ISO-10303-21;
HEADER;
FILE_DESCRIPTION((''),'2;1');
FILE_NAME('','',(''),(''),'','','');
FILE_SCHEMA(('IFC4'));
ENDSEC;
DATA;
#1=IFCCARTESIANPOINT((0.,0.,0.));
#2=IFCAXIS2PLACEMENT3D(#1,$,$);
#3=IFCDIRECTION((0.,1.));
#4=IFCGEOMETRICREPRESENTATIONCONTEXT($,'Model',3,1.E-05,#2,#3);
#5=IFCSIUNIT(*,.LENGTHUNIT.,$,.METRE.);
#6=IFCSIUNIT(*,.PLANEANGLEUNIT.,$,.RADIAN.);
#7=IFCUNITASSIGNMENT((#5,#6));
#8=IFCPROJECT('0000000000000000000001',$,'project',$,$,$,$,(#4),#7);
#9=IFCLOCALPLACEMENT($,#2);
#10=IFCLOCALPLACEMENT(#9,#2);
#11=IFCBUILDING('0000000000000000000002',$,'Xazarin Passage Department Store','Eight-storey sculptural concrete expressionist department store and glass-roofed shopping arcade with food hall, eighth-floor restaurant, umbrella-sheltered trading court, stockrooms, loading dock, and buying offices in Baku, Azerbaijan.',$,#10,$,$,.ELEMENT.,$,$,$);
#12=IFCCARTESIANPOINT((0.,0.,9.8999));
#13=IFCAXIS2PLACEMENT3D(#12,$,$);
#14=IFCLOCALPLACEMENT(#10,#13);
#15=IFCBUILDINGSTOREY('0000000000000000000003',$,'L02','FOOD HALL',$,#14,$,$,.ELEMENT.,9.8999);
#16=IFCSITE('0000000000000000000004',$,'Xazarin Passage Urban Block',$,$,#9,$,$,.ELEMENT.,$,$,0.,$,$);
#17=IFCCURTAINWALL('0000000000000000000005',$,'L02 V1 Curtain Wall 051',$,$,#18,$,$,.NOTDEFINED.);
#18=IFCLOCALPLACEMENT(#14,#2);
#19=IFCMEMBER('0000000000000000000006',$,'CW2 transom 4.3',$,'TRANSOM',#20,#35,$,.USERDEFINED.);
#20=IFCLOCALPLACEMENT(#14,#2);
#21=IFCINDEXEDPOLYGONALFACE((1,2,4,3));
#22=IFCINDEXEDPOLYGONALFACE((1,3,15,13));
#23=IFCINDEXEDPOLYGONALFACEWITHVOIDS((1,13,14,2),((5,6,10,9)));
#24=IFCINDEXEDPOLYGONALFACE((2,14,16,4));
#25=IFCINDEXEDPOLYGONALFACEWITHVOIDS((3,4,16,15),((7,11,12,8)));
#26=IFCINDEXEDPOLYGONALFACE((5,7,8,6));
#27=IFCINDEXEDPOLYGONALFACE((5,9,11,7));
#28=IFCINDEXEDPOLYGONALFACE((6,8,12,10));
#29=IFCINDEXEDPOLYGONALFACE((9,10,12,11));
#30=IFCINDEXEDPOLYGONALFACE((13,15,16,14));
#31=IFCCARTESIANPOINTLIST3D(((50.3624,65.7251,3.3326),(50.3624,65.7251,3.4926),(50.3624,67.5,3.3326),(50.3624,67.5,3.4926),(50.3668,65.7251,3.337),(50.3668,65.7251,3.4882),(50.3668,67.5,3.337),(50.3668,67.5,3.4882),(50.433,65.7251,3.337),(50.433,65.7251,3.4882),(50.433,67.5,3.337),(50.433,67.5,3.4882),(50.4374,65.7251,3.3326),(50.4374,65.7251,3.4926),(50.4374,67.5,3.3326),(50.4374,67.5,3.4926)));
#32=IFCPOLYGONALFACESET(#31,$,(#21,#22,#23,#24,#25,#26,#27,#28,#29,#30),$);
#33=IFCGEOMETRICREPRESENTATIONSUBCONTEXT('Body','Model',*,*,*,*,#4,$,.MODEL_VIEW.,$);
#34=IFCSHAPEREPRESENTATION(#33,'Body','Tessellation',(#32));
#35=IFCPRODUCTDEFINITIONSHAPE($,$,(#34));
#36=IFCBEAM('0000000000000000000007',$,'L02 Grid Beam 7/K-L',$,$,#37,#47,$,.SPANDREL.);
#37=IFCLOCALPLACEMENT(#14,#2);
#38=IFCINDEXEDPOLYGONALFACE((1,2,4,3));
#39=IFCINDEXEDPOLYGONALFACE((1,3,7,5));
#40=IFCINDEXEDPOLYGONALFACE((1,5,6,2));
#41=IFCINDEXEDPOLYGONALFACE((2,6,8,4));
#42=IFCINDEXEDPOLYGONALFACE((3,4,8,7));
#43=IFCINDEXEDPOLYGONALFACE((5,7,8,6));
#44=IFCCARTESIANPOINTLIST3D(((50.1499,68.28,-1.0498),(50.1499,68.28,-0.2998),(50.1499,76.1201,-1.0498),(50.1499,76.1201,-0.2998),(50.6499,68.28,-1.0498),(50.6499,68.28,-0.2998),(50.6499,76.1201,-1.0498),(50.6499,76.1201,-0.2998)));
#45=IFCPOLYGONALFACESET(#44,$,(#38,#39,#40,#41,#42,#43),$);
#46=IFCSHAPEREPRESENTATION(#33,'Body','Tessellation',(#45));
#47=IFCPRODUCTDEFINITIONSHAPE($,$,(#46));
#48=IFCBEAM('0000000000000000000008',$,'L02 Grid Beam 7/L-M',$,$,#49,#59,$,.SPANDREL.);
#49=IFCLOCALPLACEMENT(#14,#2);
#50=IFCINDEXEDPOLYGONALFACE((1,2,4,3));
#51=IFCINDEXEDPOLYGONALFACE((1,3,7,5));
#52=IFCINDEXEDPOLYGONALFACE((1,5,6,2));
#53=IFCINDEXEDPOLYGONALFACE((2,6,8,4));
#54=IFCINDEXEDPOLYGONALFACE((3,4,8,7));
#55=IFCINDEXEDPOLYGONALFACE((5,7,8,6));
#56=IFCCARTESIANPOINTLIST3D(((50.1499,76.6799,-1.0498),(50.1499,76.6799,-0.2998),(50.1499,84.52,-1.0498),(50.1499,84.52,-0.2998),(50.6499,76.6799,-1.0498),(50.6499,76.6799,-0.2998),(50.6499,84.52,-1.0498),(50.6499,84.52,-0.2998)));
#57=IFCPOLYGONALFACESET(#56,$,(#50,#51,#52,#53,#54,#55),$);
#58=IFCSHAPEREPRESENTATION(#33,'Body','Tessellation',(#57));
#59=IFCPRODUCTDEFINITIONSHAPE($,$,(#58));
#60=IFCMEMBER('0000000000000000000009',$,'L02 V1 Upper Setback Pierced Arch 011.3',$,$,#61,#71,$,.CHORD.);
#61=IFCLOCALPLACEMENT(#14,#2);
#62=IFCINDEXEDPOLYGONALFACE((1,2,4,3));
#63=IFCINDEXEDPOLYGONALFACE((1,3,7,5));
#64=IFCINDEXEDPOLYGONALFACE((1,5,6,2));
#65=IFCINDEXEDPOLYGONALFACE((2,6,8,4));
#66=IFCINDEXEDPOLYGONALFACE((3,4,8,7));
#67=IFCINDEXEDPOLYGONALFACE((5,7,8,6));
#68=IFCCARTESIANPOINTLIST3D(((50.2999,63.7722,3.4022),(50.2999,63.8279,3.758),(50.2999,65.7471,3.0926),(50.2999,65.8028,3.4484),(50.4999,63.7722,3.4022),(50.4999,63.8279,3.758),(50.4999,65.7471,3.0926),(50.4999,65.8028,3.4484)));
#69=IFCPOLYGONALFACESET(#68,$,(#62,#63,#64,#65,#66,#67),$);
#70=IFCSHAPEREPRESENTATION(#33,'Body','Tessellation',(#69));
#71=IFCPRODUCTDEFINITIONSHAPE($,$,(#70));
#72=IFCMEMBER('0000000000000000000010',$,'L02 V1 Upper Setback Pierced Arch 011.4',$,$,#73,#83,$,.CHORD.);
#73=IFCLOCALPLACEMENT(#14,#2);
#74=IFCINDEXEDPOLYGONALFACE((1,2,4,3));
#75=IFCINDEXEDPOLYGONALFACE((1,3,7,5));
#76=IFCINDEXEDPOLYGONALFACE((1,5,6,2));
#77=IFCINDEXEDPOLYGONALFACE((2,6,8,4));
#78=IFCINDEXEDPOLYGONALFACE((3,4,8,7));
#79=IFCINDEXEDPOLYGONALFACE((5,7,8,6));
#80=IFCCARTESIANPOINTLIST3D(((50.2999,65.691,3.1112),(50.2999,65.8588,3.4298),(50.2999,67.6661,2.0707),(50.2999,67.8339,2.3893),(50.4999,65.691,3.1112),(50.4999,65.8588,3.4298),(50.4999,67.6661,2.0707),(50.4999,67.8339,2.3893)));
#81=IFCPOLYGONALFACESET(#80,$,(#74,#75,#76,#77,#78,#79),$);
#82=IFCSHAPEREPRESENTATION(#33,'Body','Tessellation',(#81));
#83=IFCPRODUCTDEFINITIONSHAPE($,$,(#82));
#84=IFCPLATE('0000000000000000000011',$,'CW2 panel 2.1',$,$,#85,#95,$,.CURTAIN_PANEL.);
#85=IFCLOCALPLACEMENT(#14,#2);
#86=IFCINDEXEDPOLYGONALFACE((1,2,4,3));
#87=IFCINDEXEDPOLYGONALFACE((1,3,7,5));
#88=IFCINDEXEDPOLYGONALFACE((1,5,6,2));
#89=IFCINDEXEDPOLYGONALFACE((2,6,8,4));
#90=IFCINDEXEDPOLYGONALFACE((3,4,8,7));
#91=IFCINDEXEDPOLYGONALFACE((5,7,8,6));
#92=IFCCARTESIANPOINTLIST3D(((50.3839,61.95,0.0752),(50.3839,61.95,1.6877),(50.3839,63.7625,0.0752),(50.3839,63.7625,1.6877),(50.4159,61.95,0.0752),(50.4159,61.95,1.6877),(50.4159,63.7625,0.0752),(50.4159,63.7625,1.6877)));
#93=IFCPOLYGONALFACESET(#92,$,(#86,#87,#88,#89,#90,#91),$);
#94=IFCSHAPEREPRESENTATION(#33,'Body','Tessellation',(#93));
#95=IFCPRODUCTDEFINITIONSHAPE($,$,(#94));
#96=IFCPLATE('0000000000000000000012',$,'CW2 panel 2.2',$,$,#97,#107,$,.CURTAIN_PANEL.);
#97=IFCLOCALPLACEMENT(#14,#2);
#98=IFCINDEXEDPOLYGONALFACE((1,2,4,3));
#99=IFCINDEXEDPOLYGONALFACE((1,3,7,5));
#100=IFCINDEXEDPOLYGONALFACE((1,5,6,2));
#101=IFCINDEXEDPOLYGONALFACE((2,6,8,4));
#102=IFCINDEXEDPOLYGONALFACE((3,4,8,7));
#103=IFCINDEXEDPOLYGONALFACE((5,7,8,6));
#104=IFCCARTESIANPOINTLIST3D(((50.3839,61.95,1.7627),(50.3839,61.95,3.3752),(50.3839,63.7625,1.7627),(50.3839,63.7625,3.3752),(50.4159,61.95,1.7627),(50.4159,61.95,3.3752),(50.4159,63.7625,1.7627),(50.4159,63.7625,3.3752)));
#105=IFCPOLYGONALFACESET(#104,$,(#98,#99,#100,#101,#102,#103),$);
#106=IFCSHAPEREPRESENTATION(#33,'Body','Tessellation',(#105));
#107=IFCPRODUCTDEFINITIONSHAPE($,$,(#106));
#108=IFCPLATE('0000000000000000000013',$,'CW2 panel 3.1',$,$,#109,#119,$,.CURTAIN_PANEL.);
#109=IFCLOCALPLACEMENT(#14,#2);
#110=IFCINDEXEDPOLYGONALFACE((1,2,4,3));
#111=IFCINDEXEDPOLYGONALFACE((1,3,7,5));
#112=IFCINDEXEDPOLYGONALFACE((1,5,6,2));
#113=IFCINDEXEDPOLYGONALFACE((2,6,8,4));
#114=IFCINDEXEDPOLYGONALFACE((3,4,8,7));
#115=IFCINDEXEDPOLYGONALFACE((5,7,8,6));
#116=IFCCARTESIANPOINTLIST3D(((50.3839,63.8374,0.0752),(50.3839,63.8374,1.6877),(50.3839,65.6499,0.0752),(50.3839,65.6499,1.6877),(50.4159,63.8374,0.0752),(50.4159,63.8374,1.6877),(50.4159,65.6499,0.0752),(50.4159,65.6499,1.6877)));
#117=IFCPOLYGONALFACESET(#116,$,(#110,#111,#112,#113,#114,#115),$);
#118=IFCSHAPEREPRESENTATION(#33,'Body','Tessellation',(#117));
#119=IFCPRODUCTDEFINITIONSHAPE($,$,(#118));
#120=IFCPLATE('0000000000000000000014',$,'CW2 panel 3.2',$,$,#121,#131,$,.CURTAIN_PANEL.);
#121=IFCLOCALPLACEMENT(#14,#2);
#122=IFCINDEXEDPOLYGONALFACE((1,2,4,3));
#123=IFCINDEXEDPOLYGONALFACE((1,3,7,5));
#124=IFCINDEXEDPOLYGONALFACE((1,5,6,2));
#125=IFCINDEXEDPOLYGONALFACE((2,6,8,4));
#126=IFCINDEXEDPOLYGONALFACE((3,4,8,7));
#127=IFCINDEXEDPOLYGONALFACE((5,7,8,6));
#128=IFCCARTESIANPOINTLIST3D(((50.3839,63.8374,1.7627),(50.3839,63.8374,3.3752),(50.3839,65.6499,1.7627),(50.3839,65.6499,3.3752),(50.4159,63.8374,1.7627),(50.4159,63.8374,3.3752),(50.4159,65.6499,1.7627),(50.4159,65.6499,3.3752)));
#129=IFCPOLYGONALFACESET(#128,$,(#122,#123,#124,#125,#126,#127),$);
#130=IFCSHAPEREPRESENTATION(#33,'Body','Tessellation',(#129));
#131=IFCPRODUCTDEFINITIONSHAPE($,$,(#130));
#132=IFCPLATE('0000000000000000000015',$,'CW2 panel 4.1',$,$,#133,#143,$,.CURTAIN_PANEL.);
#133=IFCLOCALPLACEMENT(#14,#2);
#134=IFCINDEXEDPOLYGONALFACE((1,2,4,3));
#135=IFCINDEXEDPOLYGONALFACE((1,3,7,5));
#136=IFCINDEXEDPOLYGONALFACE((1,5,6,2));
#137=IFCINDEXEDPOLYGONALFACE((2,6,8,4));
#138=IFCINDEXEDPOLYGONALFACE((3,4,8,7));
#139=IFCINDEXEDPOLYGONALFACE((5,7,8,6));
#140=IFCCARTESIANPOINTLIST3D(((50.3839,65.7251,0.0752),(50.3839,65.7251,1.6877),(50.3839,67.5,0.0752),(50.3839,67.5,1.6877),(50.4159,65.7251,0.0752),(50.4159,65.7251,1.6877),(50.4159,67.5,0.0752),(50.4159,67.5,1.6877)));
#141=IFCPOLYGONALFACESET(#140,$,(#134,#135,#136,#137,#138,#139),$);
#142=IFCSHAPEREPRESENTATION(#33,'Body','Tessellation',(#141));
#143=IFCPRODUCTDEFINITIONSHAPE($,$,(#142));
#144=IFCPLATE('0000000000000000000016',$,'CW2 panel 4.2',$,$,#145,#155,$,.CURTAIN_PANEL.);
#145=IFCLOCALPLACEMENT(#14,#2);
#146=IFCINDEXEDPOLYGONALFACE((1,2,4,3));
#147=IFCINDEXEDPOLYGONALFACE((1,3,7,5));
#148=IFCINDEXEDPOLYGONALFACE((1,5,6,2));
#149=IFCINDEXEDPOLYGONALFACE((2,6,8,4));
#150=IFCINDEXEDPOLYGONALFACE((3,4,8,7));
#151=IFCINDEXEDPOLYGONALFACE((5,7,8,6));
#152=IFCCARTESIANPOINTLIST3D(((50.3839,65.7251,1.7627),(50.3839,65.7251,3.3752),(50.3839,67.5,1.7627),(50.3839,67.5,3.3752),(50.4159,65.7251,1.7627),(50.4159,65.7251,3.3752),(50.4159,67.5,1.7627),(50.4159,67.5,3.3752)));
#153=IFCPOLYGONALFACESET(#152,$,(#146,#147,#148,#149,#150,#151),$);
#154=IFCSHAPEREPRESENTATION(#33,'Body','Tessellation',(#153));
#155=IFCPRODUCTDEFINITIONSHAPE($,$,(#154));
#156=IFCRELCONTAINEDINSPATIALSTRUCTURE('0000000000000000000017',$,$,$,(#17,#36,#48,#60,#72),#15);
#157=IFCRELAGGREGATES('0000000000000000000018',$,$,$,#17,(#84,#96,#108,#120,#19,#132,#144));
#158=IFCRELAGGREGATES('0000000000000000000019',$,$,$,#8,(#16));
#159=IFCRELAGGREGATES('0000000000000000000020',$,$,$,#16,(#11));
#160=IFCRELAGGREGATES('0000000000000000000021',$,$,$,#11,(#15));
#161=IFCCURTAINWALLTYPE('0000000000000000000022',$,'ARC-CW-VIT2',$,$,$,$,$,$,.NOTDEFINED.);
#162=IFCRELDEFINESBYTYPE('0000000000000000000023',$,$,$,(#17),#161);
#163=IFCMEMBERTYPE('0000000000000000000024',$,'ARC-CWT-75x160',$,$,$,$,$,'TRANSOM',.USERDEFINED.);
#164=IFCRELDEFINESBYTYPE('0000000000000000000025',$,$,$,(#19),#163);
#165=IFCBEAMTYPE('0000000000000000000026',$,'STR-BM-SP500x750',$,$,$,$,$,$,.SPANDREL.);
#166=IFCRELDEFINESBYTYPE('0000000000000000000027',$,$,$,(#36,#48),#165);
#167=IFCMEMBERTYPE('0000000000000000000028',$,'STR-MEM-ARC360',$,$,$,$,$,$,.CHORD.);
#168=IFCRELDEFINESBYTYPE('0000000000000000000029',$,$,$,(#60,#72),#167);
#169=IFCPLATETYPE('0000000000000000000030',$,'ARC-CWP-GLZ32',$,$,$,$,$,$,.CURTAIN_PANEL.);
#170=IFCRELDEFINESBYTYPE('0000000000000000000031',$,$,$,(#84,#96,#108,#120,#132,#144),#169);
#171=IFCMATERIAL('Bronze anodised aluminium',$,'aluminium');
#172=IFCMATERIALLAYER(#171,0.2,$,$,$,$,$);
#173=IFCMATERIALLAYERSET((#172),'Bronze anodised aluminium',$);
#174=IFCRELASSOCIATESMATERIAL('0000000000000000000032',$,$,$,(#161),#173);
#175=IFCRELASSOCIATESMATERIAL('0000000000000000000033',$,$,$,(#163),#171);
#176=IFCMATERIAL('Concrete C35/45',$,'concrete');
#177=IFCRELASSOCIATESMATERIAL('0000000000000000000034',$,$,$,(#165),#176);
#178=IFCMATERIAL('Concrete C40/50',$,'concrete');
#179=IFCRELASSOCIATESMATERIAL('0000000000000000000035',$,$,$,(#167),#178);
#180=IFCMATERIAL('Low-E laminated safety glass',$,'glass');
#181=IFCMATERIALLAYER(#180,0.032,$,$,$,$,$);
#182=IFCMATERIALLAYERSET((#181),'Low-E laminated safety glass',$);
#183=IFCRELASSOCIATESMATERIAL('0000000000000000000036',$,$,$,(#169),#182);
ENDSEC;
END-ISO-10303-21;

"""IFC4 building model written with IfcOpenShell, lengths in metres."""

from ifc_helpers import new_model, si_unit, direction, frame, origin, origin_2d, place, context, subcontext, project, spatial, rectangle, hollow_rectangle, extrude, material, layer, layer_set, material_profile, profile_set, type_object, element, aggregate, save


model = new_model("IFC4")

# Units and contexts
model_context = context("Model", 3, precision=1e-05, world=origin(), true_north=direction((0.0, 1.0)))
body_context = subcontext(model_context, "Body", "Model", "MODEL_VIEW")
ifc_project = project(units=[si_unit("LENGTHUNIT", "METRE"), si_unit("PLANEANGLEUNIT", "RADIAN")], contexts=[model_context])

# Site, building, storey
site_placement = place(None, origin())
site = spatial("IfcSite", under=ifc_project, at=site_placement, Name="Xazarin Passage Urban Block", CompositionType="ELEMENT", RefElevation=0.0)
building_placement = place(site_placement, origin())
building = spatial("IfcBuilding", under=site, at=building_placement, Name="Xazarin Passage Department Store", Description="Eight-storey sculptural concrete expressionist department store and glass-roofed shopping arcade with food hall, eighth-floor restaurant, umbrella-sheltered trading court, stockrooms, loading dock, and buying offices in Baku, Azerbaijan.", CompositionType="ELEMENT")
storey_placement = place(building_placement, frame((0.0, 0.0, 9.8999)))
storey = spatial("IfcBuildingStorey", under=building, at=storey_placement, Name="L02", Description="FOOD HALL", CompositionType="ELEMENT", Elevation=9.8999)

# Shared definitions
ifc_material_1 = material(Name="Concrete C40/50", Category="concrete")

# Curtain wall, member
ifc_material_2 = material(Name="Bronze anodised aluminium", Category="aluminium")
ifc_layer_1 = layer(ifc_material_2, 0.2)
ifc_layer_set_1 = layer_set([ifc_layer_1], Name="Bronze anodised aluminium")
curtain_wall_type = type_object("IfcCurtainWallType", Name="ARC-CW-VIT2", PredefinedType="NOTDEFINED", material=ifc_layer_set_1)
curtain_wall_placement = place(storey_placement, origin())
curtain_wall = element("IfcCurtainWall", 1, at=curtain_wall_placement, inside=storey, type_object=curtain_wall_type, Name="L02 V1 Curtain Wall 051", PredefinedType="NOTDEFINED")
ifc_material_profile_1 = material_profile(ifc_material_2, hollow_rectangle(XDim=0.075, YDim=0.1599, WallThickness=0.0044, at=origin_2d()), Name="ALU 75x160")
ifc_profile_set_1 = profile_set([ifc_material_profile_1], Name="Bronze anodised aluminium")
member_type_1 = type_object("IfcMemberType", Name="ARC-CWT-75x160", ElementType="TRANSOM", PredefinedType="USERDEFINED", material=ifc_profile_set_1)
member_1_placement = place(storey_placement, frame((50.3999, 65.7251, 3.4126), z_axis=(0.0, 1.0, 0.0), x_axis=(-1.0, 0.0, 0.0)))
member_1 = element("IfcMember", 2, at=member_1_placement, type_object=member_type_1, Name="CW2 transom 4.3", ObjectType="TRANSOM", PredefinedType="USERDEFINED", context=body_context, shape_type="SweptSolid", body=[
    extrude(hollow_rectangle(XDim=0.075, YDim=0.1599, WallThickness=0.0044, at=origin_2d()), origin(), (0.0, 0.0, 1.0), 1.7749),
])

# Beams
ifc_material_3 = material(Name="Concrete C35/45", Category="concrete")
ifc_material_profile_2 = material_profile(ifc_material_3, rectangle(XDim=0.5, YDim=0.75, at=origin_2d()), Name="RC 500x750")
ifc_profile_set_2 = profile_set([ifc_material_profile_2], Name="Concrete C35/45")
beam_type = type_object("IfcBeamType", Name="STR-BM-SP500x750", PredefinedType="SPANDREL", material=ifc_profile_set_2)
for number, where, z_axis, x_axis, name in (
    (3, (50.3999, 68.28, -0.6748), (0.0, 1.0, 0.0), (-1.0, 0.0, 0.0), "L02 Grid Beam 7/K-L"),
    (4, (50.3999, 76.6799, -0.6748), (0.0, 1.0, 0.0), (-1.0, 0.0, 0.0), "L02 Grid Beam 7/L-M"),
):
    element("IfcBeam", number, at=place(storey_placement, frame(where, z_axis=z_axis, x_axis=x_axis)), inside=storey, type_object=beam_type, Name=name, PredefinedType="SPANDREL", context=body_context, shape_type="SweptSolid", body=[
        extrude(rectangle(XDim=0.5, YDim=0.75, at=origin_2d()), origin(), (0.0, 0.0, 1.0), 7.8401),
    ])

# Members
ifc_material_profile_3 = material_profile(ifc_material_1, rectangle(XDim=0.2, YDim=0.3601, at=origin_2d()), Name="RC 200x360")
ifc_profile_set_3 = profile_set([ifc_material_profile_3], Name="Concrete C40/50")
member_type_2 = type_object("IfcMemberType", Name="STR-MEM-ARC360", PredefinedType="CHORD", material=ifc_profile_set_3)
member_2_placement = place(storey_placement, frame((50.3999, 63.8, 3.5801), z_axis=(0.0, 0.987936, -0.154865), x_axis=(-1.0, 0.0, 0.0)))
element("IfcMember", 5, at=member_2_placement, inside=storey, type_object=member_type_2, Name="L02 V1 Upper Setback Pierced Arch 011.3", PredefinedType="CHORD", context=body_context, shape_type="SweptSolid", body=[
    extrude(rectangle(XDim=0.2, YDim=0.3601, at=origin_2d()), origin(), (0.0, 0.0, 1.0), 1.999),
])
member_3_placement = place(storey_placement, frame((50.3999, 65.7749, 3.2705), z_axis=(0.0, 0.884733, -0.466098), x_axis=(-1.0, 0.0, 0.0)))
element("IfcMember", 6, at=member_3_placement, inside=storey, type_object=member_type_2, Name="L02 V1 Upper Setback Pierced Arch 011.4", PredefinedType="CHORD", context=body_context, shape_type="SweptSolid", body=[
    extrude(rectangle(XDim=0.2, YDim=0.3601, at=origin_2d()), origin(), (0.0, 0.0, 1.0), 2.2324),
])

# Plates
ifc_material_4 = material(Name="Low-E laminated safety glass", Category="glass")
ifc_layer_2 = layer(ifc_material_4, 0.032)
ifc_layer_set_2 = layer_set([ifc_layer_2], Name="Low-E laminated safety glass")
plate_type = type_object("IfcPlateType", Name="ARC-CWP-GLZ32", PredefinedType="CURTAIN_PANEL", material=ifc_layer_set_2)
plate_1_placement = place(storey_placement, frame((50.3999, 62.8562, 0.0752), z_axis=(0.0, 0.0, 1.0), x_axis=(0.0, 1.0, 0.0)))
plate_1 = element("IfcPlate", 7, at=plate_1_placement, type_object=plate_type, Name="CW2 panel 2.1", PredefinedType="CURTAIN_PANEL", context=body_context, shape_type="SweptSolid", body=[
    extrude(rectangle(XDim=1.8125, YDim=0.032, at=origin_2d()), origin(), (0.0, 0.0, 1.0), 1.6125),
])
plate_2_placement = place(storey_placement, frame((50.3999, 62.8562, 1.7627), z_axis=(0.0, 0.0, 1.0), x_axis=(0.0, 1.0, 0.0)))
plate_2 = element("IfcPlate", 8, at=plate_2_placement, type_object=plate_type, Name="CW2 panel 2.2", PredefinedType="CURTAIN_PANEL", context=body_context, shape_type="SweptSolid", body=[
    extrude(rectangle(XDim=1.8125, YDim=0.032, at=origin_2d()), origin(), (0.0, 0.0, 1.0), 1.6125),
])
plate_3_placement = place(storey_placement, frame((50.3999, 64.7437, 0.0752), z_axis=(0.0, 0.0, 1.0), x_axis=(0.0, 1.0, 0.0)))
plate_3 = element("IfcPlate", 9, at=plate_3_placement, type_object=plate_type, Name="CW2 panel 3.1", PredefinedType="CURTAIN_PANEL", context=body_context, shape_type="SweptSolid", body=[
    extrude(rectangle(XDim=1.8125, YDim=0.032, at=origin_2d()), origin(), (0.0, 0.0, 1.0), 1.6125),
])
plate_4_placement = place(storey_placement, frame((50.3999, 64.7437, 1.7627), z_axis=(0.0, 0.0, 1.0), x_axis=(0.0, 1.0, 0.0)))
plate_4 = element("IfcPlate", 10, at=plate_4_placement, type_object=plate_type, Name="CW2 panel 3.2", PredefinedType="CURTAIN_PANEL", context=body_context, shape_type="SweptSolid", body=[
    extrude(rectangle(XDim=1.8125, YDim=0.032, at=origin_2d()), origin(), (0.0, 0.0, 1.0), 1.6125),
])
plate_5_placement = place(storey_placement, frame((50.3999, 66.6125, 0.0752), z_axis=(0.0, 0.0, 1.0), x_axis=(0.0, 1.0, 0.0)))
plate_5 = element("IfcPlate", 11, at=plate_5_placement, type_object=plate_type, Name="CW2 panel 4.1", PredefinedType="CURTAIN_PANEL", context=body_context, shape_type="SweptSolid", body=[
    extrude(rectangle(XDim=1.7749, YDim=0.032, at=origin_2d()), origin(), (0.0, 0.0, 1.0), 1.6125),
])
plate_6_placement = place(storey_placement, frame((50.3999, 66.6125, 1.7627), z_axis=(0.0, 0.0, 1.0), x_axis=(0.0, 1.0, 0.0)))
plate_6 = element("IfcPlate", 12, at=plate_6_placement, type_object=plate_type, Name="CW2 panel 4.2", PredefinedType="CURTAIN_PANEL", context=body_context, shape_type="SweptSolid", body=[
    extrude(rectangle(XDim=1.7749, YDim=0.032, at=origin_2d()), origin(), (0.0, 0.0, 1.0), 1.6125),
])
aggregate(curtain_wall, [plate_1, plate_2, plate_3, plate_4, member_1, plate_5, plate_6])

save(model, "model.ifc")
